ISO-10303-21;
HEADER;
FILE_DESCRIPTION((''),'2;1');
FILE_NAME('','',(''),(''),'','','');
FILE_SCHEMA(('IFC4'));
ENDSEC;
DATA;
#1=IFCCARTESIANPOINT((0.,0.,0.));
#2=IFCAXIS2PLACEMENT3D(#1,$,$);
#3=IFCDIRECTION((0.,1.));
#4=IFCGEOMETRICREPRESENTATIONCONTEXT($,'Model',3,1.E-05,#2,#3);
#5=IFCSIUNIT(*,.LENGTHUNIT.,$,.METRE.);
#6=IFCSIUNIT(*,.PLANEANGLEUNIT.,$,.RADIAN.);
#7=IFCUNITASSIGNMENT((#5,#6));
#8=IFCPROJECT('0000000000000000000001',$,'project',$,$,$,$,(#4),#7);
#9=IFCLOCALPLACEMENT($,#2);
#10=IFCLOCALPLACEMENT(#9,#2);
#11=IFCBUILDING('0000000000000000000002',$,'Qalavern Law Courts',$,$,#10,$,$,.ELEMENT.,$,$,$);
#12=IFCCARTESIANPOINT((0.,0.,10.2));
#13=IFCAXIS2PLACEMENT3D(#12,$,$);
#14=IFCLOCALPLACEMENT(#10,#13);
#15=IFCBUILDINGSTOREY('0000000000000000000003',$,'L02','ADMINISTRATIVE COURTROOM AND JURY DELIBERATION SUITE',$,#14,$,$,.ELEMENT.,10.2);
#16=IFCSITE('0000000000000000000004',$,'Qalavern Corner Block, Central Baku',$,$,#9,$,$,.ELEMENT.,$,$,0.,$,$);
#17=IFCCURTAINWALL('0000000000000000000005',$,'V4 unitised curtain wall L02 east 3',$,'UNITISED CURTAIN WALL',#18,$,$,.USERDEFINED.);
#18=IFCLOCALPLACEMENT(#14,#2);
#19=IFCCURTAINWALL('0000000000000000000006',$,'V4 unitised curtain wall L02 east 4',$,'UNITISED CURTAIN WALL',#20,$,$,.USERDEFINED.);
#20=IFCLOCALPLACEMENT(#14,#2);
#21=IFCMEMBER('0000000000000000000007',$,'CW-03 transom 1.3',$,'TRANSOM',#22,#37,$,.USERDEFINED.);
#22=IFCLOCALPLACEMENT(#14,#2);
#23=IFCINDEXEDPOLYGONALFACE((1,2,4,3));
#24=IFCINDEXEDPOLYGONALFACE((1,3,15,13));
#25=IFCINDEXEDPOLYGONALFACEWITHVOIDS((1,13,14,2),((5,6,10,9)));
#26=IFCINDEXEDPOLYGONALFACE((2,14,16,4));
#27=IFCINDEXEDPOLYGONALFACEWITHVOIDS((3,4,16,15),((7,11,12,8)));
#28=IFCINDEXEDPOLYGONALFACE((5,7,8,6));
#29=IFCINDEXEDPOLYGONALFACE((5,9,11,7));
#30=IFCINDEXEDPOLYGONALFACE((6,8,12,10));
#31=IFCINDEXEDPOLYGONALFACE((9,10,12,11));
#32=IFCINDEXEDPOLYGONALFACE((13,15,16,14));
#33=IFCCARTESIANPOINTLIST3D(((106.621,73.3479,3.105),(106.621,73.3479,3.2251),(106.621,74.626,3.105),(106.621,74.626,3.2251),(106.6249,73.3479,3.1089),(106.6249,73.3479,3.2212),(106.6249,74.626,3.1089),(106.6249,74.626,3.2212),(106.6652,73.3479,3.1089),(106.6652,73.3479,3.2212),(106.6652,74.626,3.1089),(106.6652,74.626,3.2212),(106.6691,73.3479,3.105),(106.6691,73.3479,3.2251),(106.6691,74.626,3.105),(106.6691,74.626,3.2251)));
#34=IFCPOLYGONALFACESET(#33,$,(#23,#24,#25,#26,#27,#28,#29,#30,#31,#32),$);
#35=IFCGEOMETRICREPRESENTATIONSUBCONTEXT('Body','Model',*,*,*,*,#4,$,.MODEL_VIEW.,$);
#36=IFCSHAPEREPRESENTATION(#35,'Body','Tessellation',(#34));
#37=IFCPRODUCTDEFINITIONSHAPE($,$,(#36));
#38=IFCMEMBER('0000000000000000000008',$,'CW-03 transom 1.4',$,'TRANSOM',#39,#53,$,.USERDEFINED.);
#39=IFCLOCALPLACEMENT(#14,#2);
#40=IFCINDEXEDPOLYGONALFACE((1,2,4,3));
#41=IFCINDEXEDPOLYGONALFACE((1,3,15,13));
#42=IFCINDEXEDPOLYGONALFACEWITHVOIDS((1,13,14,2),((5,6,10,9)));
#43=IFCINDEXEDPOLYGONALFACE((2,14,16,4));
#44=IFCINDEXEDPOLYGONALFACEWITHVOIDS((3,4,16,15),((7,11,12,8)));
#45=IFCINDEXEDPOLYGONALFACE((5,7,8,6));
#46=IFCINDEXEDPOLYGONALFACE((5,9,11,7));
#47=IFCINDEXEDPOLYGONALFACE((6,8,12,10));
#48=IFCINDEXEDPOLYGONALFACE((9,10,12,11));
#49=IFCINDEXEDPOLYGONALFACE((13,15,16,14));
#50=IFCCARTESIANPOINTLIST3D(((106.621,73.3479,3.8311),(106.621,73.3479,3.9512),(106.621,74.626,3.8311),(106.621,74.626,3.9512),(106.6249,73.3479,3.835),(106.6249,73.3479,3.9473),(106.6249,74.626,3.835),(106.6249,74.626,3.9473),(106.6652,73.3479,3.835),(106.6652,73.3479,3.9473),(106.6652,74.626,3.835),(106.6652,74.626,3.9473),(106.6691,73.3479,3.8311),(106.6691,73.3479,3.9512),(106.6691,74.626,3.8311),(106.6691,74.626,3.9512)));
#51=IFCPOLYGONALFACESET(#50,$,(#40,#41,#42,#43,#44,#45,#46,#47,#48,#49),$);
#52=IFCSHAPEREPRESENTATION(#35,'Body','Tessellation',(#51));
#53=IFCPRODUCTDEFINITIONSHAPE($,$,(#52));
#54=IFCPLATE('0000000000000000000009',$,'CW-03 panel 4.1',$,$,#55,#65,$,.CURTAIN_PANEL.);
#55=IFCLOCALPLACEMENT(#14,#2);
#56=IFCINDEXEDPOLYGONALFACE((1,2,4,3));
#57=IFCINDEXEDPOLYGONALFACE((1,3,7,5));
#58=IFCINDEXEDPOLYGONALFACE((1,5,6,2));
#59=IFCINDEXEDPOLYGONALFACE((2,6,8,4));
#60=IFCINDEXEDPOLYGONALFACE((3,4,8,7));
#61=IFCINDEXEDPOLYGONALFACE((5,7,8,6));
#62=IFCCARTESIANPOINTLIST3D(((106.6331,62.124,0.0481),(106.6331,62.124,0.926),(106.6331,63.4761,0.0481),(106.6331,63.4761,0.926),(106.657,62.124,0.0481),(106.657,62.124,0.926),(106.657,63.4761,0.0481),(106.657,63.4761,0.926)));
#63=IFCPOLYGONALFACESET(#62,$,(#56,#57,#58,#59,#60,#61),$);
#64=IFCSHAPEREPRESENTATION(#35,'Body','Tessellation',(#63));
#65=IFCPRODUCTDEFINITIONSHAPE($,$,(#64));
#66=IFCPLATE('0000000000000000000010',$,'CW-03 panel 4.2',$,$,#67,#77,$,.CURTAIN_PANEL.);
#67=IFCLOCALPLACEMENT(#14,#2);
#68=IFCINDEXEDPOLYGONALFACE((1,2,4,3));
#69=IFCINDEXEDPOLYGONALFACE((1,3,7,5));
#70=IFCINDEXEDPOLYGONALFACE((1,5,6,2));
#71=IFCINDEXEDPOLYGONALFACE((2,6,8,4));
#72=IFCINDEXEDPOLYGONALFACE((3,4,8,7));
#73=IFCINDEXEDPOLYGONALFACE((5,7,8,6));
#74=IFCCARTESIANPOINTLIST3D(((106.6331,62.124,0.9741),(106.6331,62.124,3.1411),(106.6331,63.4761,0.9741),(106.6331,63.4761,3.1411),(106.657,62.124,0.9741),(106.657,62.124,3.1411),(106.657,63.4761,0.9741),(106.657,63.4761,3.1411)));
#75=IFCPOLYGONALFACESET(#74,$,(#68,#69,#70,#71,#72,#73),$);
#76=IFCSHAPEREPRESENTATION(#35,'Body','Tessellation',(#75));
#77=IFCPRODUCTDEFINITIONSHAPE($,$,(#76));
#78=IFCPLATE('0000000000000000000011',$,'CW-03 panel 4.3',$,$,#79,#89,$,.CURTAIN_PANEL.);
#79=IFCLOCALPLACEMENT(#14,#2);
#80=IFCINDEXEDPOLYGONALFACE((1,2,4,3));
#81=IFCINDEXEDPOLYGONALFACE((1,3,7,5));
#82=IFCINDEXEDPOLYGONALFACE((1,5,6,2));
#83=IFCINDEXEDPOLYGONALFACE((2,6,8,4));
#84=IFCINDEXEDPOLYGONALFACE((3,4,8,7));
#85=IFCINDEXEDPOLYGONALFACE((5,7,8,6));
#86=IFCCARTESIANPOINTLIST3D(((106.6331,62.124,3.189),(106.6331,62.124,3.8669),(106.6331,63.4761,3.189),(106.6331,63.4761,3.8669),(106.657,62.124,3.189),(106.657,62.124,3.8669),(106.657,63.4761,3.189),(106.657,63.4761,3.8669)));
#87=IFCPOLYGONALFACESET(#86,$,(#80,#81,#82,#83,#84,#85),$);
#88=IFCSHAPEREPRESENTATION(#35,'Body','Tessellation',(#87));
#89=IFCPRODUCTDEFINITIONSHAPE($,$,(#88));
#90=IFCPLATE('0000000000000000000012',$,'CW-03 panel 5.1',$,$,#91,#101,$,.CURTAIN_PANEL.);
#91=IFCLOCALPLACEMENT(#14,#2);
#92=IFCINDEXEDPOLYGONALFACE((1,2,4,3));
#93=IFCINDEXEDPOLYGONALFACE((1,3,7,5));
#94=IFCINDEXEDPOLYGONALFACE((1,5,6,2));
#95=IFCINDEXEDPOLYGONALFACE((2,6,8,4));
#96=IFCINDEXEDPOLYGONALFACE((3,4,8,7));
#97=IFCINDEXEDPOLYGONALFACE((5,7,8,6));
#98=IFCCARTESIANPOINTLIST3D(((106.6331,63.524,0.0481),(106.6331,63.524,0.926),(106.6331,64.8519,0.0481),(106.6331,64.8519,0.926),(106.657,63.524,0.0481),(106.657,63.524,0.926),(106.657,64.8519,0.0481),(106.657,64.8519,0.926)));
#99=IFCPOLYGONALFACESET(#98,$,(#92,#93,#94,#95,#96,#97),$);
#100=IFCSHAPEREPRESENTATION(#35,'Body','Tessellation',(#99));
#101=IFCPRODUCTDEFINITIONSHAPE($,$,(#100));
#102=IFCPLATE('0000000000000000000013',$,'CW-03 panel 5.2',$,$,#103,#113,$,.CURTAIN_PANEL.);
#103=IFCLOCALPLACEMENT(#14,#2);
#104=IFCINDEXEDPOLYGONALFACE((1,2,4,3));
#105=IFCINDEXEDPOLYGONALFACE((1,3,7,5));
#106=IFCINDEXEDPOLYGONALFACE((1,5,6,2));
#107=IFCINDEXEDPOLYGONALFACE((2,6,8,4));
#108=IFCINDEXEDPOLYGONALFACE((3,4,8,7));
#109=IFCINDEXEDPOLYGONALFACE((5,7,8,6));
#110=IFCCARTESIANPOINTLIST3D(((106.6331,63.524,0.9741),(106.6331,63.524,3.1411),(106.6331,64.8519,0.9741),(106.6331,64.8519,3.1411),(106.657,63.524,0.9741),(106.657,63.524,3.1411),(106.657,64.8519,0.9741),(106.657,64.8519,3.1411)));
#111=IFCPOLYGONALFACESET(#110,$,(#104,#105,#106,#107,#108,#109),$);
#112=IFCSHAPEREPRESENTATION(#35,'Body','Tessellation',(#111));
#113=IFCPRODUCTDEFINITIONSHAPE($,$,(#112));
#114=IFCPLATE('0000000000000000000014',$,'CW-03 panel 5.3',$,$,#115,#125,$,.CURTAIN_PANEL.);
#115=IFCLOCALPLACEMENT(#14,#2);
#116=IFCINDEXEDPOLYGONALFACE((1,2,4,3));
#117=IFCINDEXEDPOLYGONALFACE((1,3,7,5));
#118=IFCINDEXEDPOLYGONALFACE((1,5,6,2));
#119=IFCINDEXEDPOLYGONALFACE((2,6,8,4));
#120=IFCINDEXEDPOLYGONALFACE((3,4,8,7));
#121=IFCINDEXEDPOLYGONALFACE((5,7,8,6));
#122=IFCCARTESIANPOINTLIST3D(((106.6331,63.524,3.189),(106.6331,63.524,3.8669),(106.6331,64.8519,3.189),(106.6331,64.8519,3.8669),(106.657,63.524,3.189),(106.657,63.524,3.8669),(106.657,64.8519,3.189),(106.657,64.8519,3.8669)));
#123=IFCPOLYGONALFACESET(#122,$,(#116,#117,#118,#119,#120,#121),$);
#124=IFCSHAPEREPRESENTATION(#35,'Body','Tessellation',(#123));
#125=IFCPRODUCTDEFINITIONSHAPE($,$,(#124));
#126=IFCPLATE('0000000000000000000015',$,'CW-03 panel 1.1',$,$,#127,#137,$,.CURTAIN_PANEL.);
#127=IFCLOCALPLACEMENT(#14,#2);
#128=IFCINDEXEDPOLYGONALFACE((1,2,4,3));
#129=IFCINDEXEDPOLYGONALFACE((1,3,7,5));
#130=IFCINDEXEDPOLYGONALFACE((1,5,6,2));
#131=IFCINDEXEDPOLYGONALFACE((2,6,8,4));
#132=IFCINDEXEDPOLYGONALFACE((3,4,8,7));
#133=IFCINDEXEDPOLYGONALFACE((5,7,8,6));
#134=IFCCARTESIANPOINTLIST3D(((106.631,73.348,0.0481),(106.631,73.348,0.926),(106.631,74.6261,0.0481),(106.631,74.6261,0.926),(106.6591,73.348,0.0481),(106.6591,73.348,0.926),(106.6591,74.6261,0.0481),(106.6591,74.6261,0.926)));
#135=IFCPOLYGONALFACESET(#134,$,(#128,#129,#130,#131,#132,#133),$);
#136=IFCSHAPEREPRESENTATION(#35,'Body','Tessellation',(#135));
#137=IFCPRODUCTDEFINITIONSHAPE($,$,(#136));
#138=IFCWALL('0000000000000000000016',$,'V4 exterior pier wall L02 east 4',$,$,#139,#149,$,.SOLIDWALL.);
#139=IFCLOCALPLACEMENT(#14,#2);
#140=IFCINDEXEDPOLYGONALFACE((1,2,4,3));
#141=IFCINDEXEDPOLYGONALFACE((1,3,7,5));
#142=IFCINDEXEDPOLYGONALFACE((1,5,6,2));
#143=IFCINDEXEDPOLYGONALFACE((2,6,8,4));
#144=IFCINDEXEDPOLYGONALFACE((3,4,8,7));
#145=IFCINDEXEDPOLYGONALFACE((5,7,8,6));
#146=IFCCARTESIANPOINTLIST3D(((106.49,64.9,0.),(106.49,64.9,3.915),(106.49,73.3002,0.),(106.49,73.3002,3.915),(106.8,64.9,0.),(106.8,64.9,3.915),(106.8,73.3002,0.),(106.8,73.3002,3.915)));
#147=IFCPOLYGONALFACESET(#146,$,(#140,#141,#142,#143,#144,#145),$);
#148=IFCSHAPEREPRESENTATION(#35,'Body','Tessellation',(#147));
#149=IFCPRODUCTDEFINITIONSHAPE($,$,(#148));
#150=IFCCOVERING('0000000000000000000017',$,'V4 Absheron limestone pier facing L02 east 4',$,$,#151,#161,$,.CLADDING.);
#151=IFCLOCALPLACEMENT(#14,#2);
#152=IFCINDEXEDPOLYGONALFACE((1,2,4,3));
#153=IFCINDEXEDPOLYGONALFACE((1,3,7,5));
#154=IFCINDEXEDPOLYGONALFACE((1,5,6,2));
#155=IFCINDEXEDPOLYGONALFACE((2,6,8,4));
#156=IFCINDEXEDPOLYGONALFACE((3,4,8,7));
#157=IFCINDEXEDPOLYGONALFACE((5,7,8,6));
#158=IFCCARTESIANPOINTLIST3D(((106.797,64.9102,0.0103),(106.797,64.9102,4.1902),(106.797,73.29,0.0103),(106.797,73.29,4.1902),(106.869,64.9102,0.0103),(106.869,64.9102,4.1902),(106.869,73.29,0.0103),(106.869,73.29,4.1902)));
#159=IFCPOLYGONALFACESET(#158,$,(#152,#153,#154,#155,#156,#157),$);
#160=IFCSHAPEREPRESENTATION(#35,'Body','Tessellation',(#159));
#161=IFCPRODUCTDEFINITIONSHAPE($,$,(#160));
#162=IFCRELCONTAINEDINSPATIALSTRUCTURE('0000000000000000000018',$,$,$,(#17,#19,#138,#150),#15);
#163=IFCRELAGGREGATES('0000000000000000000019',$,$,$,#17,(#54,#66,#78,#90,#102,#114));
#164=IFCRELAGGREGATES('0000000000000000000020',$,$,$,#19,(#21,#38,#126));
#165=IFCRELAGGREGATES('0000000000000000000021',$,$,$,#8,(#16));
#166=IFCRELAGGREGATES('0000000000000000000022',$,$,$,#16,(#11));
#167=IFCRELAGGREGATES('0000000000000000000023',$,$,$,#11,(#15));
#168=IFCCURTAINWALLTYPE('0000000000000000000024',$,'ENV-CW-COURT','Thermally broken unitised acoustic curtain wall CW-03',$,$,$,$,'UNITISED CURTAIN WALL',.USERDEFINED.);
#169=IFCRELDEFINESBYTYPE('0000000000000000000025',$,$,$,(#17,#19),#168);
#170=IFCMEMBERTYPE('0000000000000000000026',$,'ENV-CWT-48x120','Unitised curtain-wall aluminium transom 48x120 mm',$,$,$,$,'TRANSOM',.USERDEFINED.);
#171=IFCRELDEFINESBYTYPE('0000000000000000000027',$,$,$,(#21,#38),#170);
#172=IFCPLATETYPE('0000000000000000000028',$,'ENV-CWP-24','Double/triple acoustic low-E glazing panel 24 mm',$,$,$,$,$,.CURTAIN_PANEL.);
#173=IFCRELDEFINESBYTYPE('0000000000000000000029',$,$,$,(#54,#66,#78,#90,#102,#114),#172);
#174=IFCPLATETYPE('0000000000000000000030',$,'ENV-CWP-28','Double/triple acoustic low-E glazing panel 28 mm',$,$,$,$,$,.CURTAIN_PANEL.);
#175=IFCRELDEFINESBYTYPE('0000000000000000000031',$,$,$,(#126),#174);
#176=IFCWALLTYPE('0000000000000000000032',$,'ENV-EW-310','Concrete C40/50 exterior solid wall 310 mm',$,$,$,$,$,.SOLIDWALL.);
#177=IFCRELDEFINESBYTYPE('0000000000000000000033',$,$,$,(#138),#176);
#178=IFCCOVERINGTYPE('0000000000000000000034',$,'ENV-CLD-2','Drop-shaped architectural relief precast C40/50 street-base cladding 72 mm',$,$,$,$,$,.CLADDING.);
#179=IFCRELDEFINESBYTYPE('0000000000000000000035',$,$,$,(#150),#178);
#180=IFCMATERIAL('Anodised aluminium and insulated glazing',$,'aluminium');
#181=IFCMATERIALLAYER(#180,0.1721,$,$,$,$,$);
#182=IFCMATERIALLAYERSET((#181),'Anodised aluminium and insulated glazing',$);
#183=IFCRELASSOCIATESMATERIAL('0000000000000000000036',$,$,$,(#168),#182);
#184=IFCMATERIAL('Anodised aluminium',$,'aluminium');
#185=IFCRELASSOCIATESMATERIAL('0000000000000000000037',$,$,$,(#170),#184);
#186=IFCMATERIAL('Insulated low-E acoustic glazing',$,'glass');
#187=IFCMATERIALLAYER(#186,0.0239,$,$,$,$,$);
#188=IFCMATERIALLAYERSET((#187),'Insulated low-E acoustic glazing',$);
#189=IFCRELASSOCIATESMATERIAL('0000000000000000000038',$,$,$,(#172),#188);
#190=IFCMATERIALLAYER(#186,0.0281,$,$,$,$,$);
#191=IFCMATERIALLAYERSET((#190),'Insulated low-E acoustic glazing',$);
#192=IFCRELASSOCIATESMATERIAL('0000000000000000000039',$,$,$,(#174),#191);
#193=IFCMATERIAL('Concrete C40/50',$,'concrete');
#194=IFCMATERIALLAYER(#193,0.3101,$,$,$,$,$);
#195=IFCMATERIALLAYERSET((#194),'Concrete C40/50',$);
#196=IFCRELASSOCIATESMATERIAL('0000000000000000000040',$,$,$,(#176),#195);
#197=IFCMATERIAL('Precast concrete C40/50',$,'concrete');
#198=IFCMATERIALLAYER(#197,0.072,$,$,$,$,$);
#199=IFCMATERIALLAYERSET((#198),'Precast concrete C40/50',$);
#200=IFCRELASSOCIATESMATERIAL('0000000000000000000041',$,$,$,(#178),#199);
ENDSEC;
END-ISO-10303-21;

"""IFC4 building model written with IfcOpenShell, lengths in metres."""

from ifc_helpers import new_model, si_unit, direction, frame, frame_2d, origin, origin_2d, place, context, subcontext, project, spatial, rectangle, hollow_rectangle, extrude, material, layer, layer_set, material_profile, profile_set, type_object, element, aggregate, save


model = new_model("IFC4")

# Units and contexts
model_context = context("Model", 3, precision=1e-05, world=origin(), true_north=direction((0.0, 1.0)))
body_context = subcontext(model_context, "Body", "Model", "MODEL_VIEW")
ifc_project = project(units=[si_unit("LENGTHUNIT", "METRE"), si_unit("PLANEANGLEUNIT", "RADIAN")], contexts=[model_context])

# Site, building, storey
site_placement = place(None, origin())
site = spatial("IfcSite", under=ifc_project, at=site_placement, Name="Qalavern Corner Block, Central Baku", CompositionType="ELEMENT", RefElevation=0.0)
building_placement = place(site_placement, origin())
building = spatial("IfcBuilding", under=site, at=building_placement, Name="Qalavern Law Courts", CompositionType="ELEMENT")
storey_placement = place(building_placement, frame((0.0, 0.0, 10.2)))
storey = spatial("IfcBuildingStorey", under=building, at=storey_placement, Name="L02", Description="ADMINISTRATIVE COURTROOM AND JURY DELIBERATION SUITE", CompositionType="ELEMENT", Elevation=10.2)

# Curtain wall
ifc_material_1 = material(Name="Anodised aluminium and insulated glazing", Category="aluminium")
ifc_layer_1 = layer(ifc_material_1, 0.1721)
ifc_layer_set_1 = layer_set([ifc_layer_1], Name="Anodised aluminium and insulated glazing")
curtain_wall_type = type_object("IfcCurtainWallType", Name="ENV-CW-COURT", Description="Thermally broken unitised acoustic curtain wall CW-03", ElementType="UNITISED CURTAIN WALL", PredefinedType="USERDEFINED", material=ifc_layer_set_1)
curtain_wall_1_placement = place(storey_placement, origin())
curtain_wall_1 = element("IfcCurtainWall", 1, at=curtain_wall_1_placement, inside=storey, type_object=curtain_wall_type, Name="V4 unitised curtain wall L02 east 3", ObjectType="UNITISED CURTAIN WALL", PredefinedType="USERDEFINED")
ifc_material_2 = material(Name="Anodised aluminium", Category="aluminium")

# Curtain wall
curtain_wall_2_placement = place(storey_placement, origin())
curtain_wall_2 = element("IfcCurtainWall", 2, at=curtain_wall_2_placement, inside=storey, type_object=curtain_wall_type, Name="V4 unitised curtain wall L02 east 4", ObjectType="UNITISED CURTAIN WALL", PredefinedType="USERDEFINED")

# Members
ifc_material_profile_1 = material_profile(ifc_material_2, hollow_rectangle(XDim=0.0481, YDim=0.1201, WallThickness=0.0039, at=origin_2d()), Name="ALU TRANSOM 48x120")
ifc_profile_set_1 = profile_set([ifc_material_profile_1], Name="Anodised aluminium")
member_type_1 = type_object("IfcMemberType", Name="ENV-CWT-48x120", Description="Unitised curtain-wall aluminium transom 48x120 mm", ElementType="TRANSOM", PredefinedType="USERDEFINED", material=ifc_profile_set_1)
member_1_placement = place(storey_placement, frame((106.645, 73.3479, 3.165), z_axis=(0.0, 1.0, 0.0), x_axis=(-1.0, 0.0, 0.0)))
member_1 = element("IfcMember", 3, at=member_1_placement, type_object=member_type_1, Name="CW-03 transom 1.3", ObjectType="TRANSOM", PredefinedType="USERDEFINED", context=body_context, shape_type="SweptSolid", body=[
    extrude(hollow_rectangle(XDim=0.0481, YDim=0.1201, WallThickness=0.0039, at=origin_2d()), origin(), (0.0, 0.0, 1.0), 1.2781),
])
member_2_placement = place(storey_placement, frame((106.645, 73.3479, 3.8911), z_axis=(0.0, 1.0, 0.0), x_axis=(-1.0, 0.0, 0.0)))
member_2 = element("IfcMember", 4, at=member_2_placement, type_object=member_type_1, Name="CW-03 transom 1.4", ObjectType="TRANSOM", PredefinedType="USERDEFINED", context=body_context, shape_type="SweptSolid", body=[
    extrude(hollow_rectangle(XDim=0.0481, YDim=0.1201, WallThickness=0.0039, at=origin_2d()), origin(), (0.0, 0.0, 1.0), 1.2781),
])

# Plates
ifc_material_3 = material(Name="Insulated low-E acoustic glazing", Category="glass")
ifc_layer_2 = layer(ifc_material_3, 0.0239)
ifc_layer_set_2 = layer_set([ifc_layer_2], Name="Insulated low-E acoustic glazing")
plate_type_1 = type_object("IfcPlateType", Name="ENV-CWP-24", Description="Double/triple acoustic low-E glazing panel 24 mm", PredefinedType="CURTAIN_PANEL", material=ifc_layer_set_2)
plate_1_placement = place(storey_placement, frame((106.645, 62.8, 0.0481), z_axis=(0.0, 0.0, 1.0), x_axis=(0.0, 1.0, 0.0)))
plate_1 = element("IfcPlate", 5, at=plate_1_placement, type_object=plate_type_1, Name="CW-03 panel 4.1", PredefinedType="CURTAIN_PANEL", context=body_context, shape_type="SweptSolid", body=[
    extrude(rectangle(XDim=1.3521, YDim=0.0239, at=origin_2d()), origin(), (0.0, 0.0, 1.0), 0.8779),
])
plate_2_placement = place(storey_placement, frame((106.645, 62.8, 0.9741), z_axis=(0.0, 0.0, 1.0), x_axis=(0.0, 1.0, 0.0)))
plate_2 = element("IfcPlate", 6, at=plate_2_placement, type_object=plate_type_1, Name="CW-03 panel 4.2", PredefinedType="CURTAIN_PANEL", context=body_context, shape_type="SweptSolid", body=[
    extrude(rectangle(XDim=1.3521, YDim=0.0239, at=origin_2d()), origin(), (0.0, 0.0, 1.0), 2.167),
])
plate_3_placement = place(storey_placement, frame((106.645, 62.8, 3.189), z_axis=(0.0, 0.0, 1.0), x_axis=(0.0, 1.0, 0.0)))
plate_3 = element("IfcPlate", 7, at=plate_3_placement, type_object=plate_type_1, Name="CW-03 panel 4.3", PredefinedType="CURTAIN_PANEL", context=body_context, shape_type="SweptSolid", body=[
    extrude(rectangle(XDim=1.3521, YDim=0.0239, at=origin_2d()), origin(), (0.0, 0.0, 1.0), 0.678),
])
plate_4_placement = place(storey_placement, frame((106.645, 64.188, 0.0481), z_axis=(0.0, 0.0, 1.0), x_axis=(0.0, 1.0, 0.0)))
plate_4 = element("IfcPlate", 8, at=plate_4_placement, type_object=plate_type_1, Name="CW-03 panel 5.1", PredefinedType="CURTAIN_PANEL", context=body_context, shape_type="SweptSolid", body=[
    extrude(rectangle(XDim=1.3279, YDim=0.0239, at=origin_2d()), origin(), (0.0, 0.0, 1.0), 0.8779),
])
plate_5_placement = place(storey_placement, frame((106.645, 64.188, 0.9741), z_axis=(0.0, 0.0, 1.0), x_axis=(0.0, 1.0, 0.0)))
plate_5 = element("IfcPlate", 9, at=plate_5_placement, type_object=plate_type_1, Name="CW-03 panel 5.2", PredefinedType="CURTAIN_PANEL", context=body_context, shape_type="SweptSolid", body=[
    extrude(rectangle(XDim=1.3279, YDim=0.0239, at=origin_2d()), origin(), (0.0, 0.0, 1.0), 2.167),
])
plate_6_placement = place(storey_placement, frame((106.645, 64.188, 3.189), z_axis=(0.0, 0.0, 1.0), x_axis=(0.0, 1.0, 0.0)))
plate_6 = element("IfcPlate", 10, at=plate_6_placement, type_object=plate_type_1, Name="CW-03 panel 5.3", PredefinedType="CURTAIN_PANEL", context=body_context, shape_type="SweptSolid", body=[
    extrude(rectangle(XDim=1.3279, YDim=0.0239, at=origin_2d()), origin(), (0.0, 0.0, 1.0), 0.678),
])
aggregate(curtain_wall_1, [plate_1, plate_2, plate_3, plate_4, plate_5, plate_6])
ifc_layer_3 = layer(ifc_material_3, 0.0281)
ifc_layer_set_3 = layer_set([ifc_layer_3], Name="Insulated low-E acoustic glazing")
plate_type_2 = type_object("IfcPlateType", Name="ENV-CWP-28", Description="Double/triple acoustic low-E glazing panel 28 mm", PredefinedType="CURTAIN_PANEL", material=ifc_layer_set_3)
plate_7_placement = place(storey_placement, frame((106.645, 73.9871, 0.0481), z_axis=(0.0, 0.0, 1.0), x_axis=(0.0, 1.0, 0.0)))
plate_7 = element("IfcPlate", 11, at=plate_7_placement, type_object=plate_type_2, Name="CW-03 panel 1.1", PredefinedType="CURTAIN_PANEL", context=body_context, shape_type="SweptSolid", body=[
    extrude(rectangle(XDim=1.2781, YDim=0.0281, at=origin_2d()), origin(), (0.0, 0.0, 1.0), 0.8779),
])
aggregate(curtain_wall_2, [member_1, member_2, plate_7])

# Wall
ifc_material_4 = material(Name="Concrete C40/50", Category="concrete")
ifc_layer_4 = layer(ifc_material_4, 0.3101)
ifc_layer_set_4 = layer_set([ifc_layer_4], Name="Concrete C40/50")
wall_type = type_object("IfcWallType", Name="ENV-EW-310", Description="Concrete C40/50 exterior solid wall 310 mm", PredefinedType="SOLIDWALL", material=ifc_layer_set_4)
wall_placement = place(storey_placement, frame((106.645, 64.8999, 0.0), z_axis=(0.0, 0.0, 1.0), x_axis=(0.0, 1.0, 0.0)))
element("IfcWall", 12, at=wall_placement, inside=storey, type_object=wall_type, Name="V4 exterior pier wall L02 east 4", PredefinedType="SOLIDWALL", context=body_context, shape_type="SweptSolid", body=[
    extrude(rectangle(XDim=8.4001, YDim=0.3101, at=frame_2d((4.2002, 0.0))), origin(), (0.0, 0.0, 1.0), 3.915),
])

# Covering
ifc_material_5 = material(Name="Precast concrete C40/50", Category="concrete")
ifc_layer_5 = layer(ifc_material_5, 0.072)
ifc_layer_set_5 = layer_set([ifc_layer_5], Name="Precast concrete C40/50")
covering_type = type_object("IfcCoveringType", Name="ENV-CLD-2", Description="Drop-shaped architectural relief precast C40/50 street-base cladding 72 mm", PredefinedType="CLADDING", material=ifc_layer_set_5)
covering_placement = place(storey_placement, frame((106.833, 69.1001, 0.0103), z_axis=(0.0, 0.0, 1.0), x_axis=(0.0, 1.0, 0.0)))
element("IfcCovering", 13, at=covering_placement, inside=storey, type_object=covering_type, Name="V4 Absheron limestone pier facing L02 east 4", PredefinedType="CLADDING", context=body_context, shape_type="SweptSolid", body=[
    extrude(rectangle(XDim=8.3799, YDim=0.072, at=origin_2d()), origin(), (0.0, 0.0, 1.0), 4.1799),
])

save(model, "model.ifc")
